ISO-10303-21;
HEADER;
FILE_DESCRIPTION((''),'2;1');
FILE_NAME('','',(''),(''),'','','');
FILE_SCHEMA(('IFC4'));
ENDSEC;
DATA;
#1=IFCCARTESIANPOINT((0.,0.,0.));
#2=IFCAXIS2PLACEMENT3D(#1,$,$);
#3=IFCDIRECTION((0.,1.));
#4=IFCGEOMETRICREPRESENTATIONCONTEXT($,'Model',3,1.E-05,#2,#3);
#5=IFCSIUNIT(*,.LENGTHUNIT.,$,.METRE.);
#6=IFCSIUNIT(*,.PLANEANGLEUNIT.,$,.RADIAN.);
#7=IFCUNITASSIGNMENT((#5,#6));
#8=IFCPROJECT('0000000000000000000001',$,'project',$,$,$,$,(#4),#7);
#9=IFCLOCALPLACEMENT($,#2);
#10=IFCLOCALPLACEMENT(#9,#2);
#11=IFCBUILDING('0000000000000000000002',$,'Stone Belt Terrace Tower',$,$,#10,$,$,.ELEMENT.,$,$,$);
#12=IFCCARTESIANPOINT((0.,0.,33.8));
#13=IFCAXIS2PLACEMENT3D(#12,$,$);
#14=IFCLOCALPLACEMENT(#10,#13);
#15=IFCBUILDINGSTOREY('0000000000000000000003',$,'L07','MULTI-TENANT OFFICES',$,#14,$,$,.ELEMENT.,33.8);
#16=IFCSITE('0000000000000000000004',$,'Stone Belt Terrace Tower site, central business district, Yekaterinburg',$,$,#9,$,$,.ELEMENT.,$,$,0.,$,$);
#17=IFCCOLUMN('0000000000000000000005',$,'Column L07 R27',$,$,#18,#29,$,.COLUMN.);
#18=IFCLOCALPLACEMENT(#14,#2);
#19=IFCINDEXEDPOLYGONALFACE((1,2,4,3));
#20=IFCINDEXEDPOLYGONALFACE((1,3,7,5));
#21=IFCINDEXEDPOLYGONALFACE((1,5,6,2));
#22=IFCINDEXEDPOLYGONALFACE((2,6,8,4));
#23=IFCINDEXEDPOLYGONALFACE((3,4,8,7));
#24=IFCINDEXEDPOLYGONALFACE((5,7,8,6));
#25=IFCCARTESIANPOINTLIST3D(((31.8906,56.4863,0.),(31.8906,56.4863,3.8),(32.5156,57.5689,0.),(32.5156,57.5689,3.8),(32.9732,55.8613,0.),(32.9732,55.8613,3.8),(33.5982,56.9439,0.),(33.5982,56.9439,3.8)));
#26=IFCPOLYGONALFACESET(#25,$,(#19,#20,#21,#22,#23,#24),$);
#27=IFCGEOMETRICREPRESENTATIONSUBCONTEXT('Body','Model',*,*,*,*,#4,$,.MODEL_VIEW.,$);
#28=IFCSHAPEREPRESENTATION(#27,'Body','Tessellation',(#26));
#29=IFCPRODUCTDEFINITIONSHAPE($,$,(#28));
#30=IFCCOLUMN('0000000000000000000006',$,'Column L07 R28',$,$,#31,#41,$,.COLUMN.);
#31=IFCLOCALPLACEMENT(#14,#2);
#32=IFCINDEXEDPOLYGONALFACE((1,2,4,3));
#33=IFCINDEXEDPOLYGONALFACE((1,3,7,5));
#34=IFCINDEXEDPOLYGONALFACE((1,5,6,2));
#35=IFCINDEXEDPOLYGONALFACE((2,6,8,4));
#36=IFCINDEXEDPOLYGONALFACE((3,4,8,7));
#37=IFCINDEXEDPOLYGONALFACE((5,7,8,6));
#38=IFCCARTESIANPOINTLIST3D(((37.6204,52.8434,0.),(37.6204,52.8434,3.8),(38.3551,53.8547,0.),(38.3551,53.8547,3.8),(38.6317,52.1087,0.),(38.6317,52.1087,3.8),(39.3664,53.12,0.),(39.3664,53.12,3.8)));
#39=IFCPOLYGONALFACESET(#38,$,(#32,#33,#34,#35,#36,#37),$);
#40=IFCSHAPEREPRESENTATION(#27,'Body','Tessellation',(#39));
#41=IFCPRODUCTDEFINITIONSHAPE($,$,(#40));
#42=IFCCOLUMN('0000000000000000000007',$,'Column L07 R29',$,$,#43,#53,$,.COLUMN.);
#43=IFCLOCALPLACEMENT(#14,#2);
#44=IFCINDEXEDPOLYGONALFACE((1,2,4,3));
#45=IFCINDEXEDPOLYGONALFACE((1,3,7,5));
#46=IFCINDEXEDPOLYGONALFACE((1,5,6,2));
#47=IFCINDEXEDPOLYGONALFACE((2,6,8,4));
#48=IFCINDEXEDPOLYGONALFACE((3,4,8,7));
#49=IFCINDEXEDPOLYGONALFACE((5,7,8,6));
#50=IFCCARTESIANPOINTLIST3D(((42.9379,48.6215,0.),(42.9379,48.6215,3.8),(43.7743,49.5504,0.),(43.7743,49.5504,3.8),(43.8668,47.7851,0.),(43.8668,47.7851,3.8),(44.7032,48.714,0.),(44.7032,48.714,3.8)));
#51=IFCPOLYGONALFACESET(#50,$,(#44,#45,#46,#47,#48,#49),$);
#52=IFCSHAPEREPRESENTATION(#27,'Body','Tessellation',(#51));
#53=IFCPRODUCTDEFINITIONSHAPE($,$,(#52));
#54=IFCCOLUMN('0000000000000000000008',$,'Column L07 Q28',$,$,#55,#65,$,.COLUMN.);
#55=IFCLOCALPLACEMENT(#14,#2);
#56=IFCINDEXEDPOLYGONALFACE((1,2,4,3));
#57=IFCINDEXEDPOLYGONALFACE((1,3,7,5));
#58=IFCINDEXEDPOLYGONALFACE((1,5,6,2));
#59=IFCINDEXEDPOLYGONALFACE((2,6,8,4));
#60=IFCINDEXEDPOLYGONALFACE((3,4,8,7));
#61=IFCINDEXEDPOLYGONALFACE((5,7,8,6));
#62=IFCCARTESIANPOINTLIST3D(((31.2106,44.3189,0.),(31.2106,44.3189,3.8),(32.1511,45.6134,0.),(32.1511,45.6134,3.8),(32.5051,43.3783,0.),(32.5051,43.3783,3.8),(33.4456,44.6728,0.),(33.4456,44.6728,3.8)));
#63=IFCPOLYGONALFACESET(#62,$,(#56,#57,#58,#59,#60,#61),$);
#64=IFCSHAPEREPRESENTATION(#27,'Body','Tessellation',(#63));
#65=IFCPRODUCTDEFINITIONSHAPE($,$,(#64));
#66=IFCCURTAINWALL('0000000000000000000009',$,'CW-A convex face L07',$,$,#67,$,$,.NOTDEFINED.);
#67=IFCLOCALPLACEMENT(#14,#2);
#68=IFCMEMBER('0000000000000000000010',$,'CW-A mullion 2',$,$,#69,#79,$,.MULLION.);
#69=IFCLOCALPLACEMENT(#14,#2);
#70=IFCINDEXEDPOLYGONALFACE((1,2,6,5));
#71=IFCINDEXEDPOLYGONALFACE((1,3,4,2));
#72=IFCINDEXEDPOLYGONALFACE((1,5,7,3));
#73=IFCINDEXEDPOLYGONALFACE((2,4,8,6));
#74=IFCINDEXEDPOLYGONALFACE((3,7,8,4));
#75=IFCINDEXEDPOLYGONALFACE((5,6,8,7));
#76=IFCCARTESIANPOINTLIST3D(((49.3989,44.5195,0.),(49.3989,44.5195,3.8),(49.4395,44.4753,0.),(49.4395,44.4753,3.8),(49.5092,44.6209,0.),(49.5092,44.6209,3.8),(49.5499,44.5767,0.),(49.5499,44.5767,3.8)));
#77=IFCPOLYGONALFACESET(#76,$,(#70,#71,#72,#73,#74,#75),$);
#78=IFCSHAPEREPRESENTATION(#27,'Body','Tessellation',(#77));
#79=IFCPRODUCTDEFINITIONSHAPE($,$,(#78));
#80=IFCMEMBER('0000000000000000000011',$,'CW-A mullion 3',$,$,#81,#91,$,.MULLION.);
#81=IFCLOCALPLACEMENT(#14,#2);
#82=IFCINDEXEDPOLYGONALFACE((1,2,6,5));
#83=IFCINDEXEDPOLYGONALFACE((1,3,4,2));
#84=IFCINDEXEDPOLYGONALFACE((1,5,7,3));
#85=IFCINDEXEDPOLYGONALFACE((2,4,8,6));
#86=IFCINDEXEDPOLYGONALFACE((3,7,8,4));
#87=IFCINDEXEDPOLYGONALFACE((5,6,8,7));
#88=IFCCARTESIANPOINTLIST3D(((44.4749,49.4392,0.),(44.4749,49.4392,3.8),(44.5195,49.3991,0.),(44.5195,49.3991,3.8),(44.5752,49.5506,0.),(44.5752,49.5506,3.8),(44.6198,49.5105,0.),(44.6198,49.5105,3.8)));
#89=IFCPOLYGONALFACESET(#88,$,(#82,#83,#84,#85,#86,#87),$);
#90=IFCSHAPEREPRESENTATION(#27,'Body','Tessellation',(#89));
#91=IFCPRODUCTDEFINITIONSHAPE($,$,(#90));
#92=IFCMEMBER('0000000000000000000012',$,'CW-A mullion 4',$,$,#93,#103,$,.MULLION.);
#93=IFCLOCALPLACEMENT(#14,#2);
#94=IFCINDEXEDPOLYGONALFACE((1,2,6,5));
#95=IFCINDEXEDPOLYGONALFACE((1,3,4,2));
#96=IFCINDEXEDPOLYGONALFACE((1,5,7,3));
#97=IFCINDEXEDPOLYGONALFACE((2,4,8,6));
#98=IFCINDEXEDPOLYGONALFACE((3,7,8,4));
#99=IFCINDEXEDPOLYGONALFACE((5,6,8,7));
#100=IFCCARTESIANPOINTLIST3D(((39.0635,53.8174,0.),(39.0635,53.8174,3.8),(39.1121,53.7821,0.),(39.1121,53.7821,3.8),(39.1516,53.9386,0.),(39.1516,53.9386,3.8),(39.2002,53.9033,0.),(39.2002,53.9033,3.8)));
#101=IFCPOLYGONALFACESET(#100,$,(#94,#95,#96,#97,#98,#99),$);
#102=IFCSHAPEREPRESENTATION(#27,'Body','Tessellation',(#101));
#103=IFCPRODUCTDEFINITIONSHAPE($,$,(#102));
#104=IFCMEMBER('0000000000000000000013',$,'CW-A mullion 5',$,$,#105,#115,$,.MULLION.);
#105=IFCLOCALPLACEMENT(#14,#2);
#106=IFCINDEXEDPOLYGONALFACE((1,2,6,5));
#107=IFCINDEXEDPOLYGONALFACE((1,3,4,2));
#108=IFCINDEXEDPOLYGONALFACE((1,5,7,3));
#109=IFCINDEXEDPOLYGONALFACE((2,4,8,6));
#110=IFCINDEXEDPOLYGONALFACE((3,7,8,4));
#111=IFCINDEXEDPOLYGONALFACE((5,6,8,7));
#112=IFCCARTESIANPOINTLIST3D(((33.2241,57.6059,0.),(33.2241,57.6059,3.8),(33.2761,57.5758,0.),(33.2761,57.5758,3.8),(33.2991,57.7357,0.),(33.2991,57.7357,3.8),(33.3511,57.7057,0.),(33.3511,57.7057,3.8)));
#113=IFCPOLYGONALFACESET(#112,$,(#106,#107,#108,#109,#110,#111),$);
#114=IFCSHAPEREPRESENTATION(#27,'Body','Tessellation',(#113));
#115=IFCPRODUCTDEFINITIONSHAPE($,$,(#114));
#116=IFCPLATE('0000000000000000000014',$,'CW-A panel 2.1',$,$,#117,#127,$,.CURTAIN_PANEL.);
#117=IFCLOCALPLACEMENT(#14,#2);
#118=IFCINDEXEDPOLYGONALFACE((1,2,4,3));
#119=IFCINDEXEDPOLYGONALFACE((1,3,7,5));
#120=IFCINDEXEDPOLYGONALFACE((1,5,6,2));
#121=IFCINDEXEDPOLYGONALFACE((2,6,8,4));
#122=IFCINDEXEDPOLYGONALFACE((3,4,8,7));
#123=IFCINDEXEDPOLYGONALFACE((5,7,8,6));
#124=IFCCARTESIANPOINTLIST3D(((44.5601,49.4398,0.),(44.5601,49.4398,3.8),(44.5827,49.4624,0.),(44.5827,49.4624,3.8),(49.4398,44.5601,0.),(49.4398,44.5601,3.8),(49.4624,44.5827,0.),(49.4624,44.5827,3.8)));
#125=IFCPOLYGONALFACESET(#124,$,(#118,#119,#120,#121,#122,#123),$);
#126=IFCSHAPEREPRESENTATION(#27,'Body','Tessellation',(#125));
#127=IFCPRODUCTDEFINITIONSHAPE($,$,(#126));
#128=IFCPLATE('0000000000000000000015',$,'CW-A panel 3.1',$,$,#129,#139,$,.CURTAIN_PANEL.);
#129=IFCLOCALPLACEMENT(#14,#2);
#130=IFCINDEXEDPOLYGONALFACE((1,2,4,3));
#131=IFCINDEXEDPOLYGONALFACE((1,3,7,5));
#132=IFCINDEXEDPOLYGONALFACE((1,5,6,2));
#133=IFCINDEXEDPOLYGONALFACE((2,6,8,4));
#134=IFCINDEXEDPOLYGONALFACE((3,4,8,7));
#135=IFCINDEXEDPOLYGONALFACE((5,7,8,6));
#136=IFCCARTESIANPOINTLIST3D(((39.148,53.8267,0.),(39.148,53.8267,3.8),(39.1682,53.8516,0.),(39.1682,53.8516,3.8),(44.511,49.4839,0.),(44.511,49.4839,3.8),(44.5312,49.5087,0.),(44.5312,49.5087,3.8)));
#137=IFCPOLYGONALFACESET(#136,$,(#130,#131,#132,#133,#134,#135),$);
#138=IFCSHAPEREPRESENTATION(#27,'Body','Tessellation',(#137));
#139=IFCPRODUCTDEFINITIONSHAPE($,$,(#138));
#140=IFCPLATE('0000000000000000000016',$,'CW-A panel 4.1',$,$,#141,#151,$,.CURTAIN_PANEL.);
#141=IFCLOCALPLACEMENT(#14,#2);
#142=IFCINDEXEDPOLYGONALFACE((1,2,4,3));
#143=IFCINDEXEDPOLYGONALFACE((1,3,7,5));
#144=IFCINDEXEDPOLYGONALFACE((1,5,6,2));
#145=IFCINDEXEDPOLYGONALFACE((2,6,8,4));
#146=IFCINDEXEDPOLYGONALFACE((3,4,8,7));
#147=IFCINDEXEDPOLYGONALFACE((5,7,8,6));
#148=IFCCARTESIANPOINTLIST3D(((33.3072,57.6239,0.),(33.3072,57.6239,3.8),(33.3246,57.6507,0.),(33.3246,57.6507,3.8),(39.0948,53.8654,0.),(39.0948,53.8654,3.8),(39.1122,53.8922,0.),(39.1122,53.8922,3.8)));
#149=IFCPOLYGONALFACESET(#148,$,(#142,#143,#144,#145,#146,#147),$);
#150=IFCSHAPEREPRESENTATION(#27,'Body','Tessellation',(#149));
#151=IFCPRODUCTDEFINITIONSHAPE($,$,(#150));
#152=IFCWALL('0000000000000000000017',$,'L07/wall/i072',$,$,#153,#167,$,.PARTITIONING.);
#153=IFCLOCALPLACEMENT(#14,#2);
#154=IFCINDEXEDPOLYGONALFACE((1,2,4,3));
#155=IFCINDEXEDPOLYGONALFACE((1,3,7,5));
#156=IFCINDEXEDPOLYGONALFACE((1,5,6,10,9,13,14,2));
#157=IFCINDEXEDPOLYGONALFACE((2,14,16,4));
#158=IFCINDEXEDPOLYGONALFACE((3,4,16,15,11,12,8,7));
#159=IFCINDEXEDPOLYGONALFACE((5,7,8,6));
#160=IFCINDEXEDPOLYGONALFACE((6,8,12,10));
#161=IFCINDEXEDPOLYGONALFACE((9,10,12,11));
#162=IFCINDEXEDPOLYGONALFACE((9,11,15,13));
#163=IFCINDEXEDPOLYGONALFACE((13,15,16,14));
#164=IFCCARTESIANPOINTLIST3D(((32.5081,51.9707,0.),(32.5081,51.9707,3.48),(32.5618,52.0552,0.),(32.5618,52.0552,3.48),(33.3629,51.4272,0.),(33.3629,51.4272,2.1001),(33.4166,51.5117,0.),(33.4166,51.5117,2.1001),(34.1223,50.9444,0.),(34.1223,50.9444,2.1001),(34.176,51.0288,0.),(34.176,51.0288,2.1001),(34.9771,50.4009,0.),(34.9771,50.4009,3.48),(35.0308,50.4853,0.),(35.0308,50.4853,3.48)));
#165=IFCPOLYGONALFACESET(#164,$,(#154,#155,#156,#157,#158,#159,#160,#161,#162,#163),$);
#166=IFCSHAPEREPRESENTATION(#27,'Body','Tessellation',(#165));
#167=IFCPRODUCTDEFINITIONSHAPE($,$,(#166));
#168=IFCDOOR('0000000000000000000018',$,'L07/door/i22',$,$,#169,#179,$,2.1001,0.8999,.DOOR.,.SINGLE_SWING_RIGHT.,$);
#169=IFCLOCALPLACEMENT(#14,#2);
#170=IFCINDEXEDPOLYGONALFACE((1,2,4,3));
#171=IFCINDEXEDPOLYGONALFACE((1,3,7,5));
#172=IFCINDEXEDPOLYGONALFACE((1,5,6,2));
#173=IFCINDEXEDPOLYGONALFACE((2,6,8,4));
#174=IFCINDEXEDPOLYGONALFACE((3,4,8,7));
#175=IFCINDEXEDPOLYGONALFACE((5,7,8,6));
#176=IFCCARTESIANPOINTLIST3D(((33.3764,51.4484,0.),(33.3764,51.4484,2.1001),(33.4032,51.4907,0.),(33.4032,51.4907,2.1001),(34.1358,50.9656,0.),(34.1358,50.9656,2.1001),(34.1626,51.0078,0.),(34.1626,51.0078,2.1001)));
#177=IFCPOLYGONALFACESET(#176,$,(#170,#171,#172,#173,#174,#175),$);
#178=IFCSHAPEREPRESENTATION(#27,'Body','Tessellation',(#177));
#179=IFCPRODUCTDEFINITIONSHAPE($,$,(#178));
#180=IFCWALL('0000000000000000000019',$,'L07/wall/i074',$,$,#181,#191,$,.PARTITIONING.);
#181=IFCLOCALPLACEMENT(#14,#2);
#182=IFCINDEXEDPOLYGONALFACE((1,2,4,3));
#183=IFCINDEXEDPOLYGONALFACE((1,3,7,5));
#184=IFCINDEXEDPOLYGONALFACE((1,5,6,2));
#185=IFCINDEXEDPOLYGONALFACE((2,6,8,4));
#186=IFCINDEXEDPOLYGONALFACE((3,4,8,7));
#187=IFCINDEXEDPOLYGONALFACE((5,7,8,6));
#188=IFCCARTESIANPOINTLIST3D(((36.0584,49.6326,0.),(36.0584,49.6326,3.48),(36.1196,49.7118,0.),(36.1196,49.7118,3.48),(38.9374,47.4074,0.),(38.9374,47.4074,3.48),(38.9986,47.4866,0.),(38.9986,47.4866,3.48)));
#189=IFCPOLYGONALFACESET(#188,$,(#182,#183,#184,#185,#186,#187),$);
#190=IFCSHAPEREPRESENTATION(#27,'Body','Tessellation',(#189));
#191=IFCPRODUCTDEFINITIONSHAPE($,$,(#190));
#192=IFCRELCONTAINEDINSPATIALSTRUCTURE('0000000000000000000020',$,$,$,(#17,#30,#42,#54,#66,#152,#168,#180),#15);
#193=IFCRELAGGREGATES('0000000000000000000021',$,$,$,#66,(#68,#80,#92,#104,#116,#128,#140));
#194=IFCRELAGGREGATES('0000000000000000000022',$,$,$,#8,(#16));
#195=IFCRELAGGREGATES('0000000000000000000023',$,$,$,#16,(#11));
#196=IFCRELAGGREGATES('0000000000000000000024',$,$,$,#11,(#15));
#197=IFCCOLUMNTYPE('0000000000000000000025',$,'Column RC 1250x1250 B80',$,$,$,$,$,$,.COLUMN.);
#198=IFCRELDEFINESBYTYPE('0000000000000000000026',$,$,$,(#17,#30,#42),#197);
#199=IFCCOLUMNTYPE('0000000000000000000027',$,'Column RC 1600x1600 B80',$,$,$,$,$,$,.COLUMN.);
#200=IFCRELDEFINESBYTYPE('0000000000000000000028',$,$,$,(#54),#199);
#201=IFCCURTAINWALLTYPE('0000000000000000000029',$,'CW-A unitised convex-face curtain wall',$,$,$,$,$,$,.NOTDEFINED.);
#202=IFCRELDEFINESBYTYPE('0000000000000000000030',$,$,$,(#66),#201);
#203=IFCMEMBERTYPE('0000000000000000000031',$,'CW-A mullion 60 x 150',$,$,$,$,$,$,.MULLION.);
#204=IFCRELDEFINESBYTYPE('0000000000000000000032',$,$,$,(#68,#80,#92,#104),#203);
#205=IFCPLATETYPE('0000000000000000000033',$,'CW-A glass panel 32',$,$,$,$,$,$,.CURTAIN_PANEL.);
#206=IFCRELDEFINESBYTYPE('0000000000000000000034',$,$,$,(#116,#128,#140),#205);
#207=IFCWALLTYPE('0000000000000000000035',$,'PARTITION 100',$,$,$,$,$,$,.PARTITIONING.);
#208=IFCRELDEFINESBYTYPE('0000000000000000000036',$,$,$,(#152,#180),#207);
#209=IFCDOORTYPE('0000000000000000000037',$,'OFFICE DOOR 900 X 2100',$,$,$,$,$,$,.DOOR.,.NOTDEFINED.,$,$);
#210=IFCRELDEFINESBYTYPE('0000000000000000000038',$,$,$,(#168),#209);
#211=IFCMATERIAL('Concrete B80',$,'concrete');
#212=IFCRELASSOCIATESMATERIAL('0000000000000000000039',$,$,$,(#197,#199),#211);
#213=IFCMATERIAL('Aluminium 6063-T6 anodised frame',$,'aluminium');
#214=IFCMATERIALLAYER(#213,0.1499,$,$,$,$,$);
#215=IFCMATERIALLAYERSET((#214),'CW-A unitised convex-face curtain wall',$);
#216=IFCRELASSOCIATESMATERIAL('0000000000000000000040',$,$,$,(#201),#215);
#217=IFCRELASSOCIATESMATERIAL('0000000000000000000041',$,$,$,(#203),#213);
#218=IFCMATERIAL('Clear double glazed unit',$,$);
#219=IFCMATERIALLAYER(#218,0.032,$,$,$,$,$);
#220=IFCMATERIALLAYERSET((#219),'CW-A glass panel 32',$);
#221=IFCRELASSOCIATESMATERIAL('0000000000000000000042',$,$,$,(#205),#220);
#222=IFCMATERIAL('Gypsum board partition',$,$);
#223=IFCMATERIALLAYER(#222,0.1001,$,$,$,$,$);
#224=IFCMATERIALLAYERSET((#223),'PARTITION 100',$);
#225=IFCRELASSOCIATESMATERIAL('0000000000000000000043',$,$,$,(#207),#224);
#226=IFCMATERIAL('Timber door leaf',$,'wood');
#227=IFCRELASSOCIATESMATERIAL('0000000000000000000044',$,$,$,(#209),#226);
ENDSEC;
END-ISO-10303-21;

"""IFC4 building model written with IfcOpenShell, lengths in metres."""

from ifc_helpers import new_model, si_unit, direction, frame, frame_2d, origin, origin_2d, place, context, subcontext, project, spatial, rectangle, extrude, material, layer, layer_set, material_profile, profile_set, type_object, element, fill, aggregate, save


model = new_model("IFC4")

# Units and contexts
model_context = context("Model", 3, precision=1e-05, world=origin(), true_north=direction((0.0, 1.0)))
body_context = subcontext(model_context, "Body", "Model", "MODEL_VIEW")
ifc_project = project(units=[si_unit("LENGTHUNIT", "METRE"), si_unit("PLANEANGLEUNIT", "RADIAN")], contexts=[model_context])

# Site, building, storey
site_placement = place(None, origin())
site = spatial("IfcSite", under=ifc_project, at=site_placement, Name="Stone Belt Terrace Tower site, central business district, Yekaterinburg", CompositionType="ELEMENT", RefElevation=0.0)
building_placement = place(site_placement, origin())
building = spatial("IfcBuilding", under=site, at=building_placement, Name="Stone Belt Terrace Tower", CompositionType="ELEMENT")
storey_placement = place(building_placement, frame((0.0, 0.0, 33.8)))
storey = spatial("IfcBuildingStorey", under=building, at=storey_placement, Name="L07", Description="MULTI-TENANT OFFICES", CompositionType="ELEMENT", Elevation=33.8)

# Columns
ifc_material_1 = material(Name="Concrete B80", Category="concrete")
ifc_material_profile_1 = material_profile(ifc_material_1, rectangle(XDim=1.25, YDim=1.25, at=origin_2d()), Name="RC 1250x1250")
ifc_profile_set_1 = profile_set([ifc_material_profile_1], Name="Concrete B80")
column_type_1 = type_object("IfcColumnType", Name="Column RC 1250x1250 B80", PredefinedType="COLUMN", material=ifc_profile_set_1)
for number, where, z_axis, x_axis, name in (
    (1, (32.7444, 56.7151, 0.0), (0.0, 0.0, 1.0), (0.866025, -0.5, 0.0), "Column L07 R27"),
    (2, (38.4934, 52.9817, 0.0), (0.0, 0.0, 1.0), (0.809017, -0.587785, 0.0), "Column L07 R28"),
    (3, (43.8206, 48.6677, 0.0), (0.0, 0.0, 1.0), (0.743145, -0.669131, 0.0), "Column L07 R29"),
):
    element("IfcColumn", number, at=place(storey_placement, frame(where, z_axis=z_axis, x_axis=x_axis)), inside=storey, type_object=column_type_1, Name=name, PredefinedType="COLUMN", context=body_context, shape_type="SweptSolid", body=[
        extrude(rectangle(XDim=1.25, YDim=1.25, at=origin_2d()), origin(), (0.0, 0.0, 1.0), 3.8),
    ])
ifc_material_profile_2 = material_profile(ifc_material_1, rectangle(XDim=1.6001, YDim=1.6001, at=origin_2d()), Name="RC 1600x1600")
ifc_profile_set_2 = profile_set([ifc_material_profile_2], Name="Concrete B80")
column_type_2 = type_object("IfcColumnType", Name="Column RC 1600x1600 B80", PredefinedType="COLUMN", material=ifc_profile_set_2)
column_placement = place(storey_placement, frame((32.3281, 44.4958, 0.0), z_axis=(0.0, 0.0, 1.0), x_axis=(0.809017, -0.587785, 0.0)))
element("IfcColumn", 4, at=column_placement, inside=storey, type_object=column_type_2, Name="Column L07 Q28", PredefinedType="COLUMN", context=body_context, shape_type="SweptSolid", body=[
    extrude(rectangle(XDim=1.6001, YDim=1.6001, at=origin_2d()), origin(), (0.0, 0.0, 1.0), 3.8),
])

# Curtain wall, members, plates
ifc_material_2 = material(Name="Aluminium 6063-T6 anodised frame", Category="aluminium")
ifc_layer_1 = layer(ifc_material_2, 0.1499)
ifc_layer_set_1 = layer_set([ifc_layer_1], Name="CW-A unitised convex-face curtain wall")
curtain_wall_type = type_object("IfcCurtainWallType", Name="CW-A unitised convex-face curtain wall", PredefinedType="NOTDEFINED", material=ifc_layer_set_1)
curtain_wall_placement = place(storey_placement, origin())
curtain_wall = element("IfcCurtainWall", 5, at=curtain_wall_placement, inside=storey, type_object=curtain_wall_type, Name="CW-A convex face L07", PredefinedType="NOTDEFINED")
ifc_material_profile_3 = material_profile(ifc_material_2, rectangle(XDim=0.1499, YDim=0.0601, at=origin_2d()), Name="Aluminium 6063-T6 60x150")
ifc_profile_set_3 = profile_set([ifc_material_profile_3], Name="Aluminium 6063-T6 anodised frame")
member_type = type_object("IfcMemberType", Name="CW-A mullion 60 x 150", PredefinedType="MULLION", material=ifc_profile_set_3)
member_1_placement = place(storey_placement, frame((49.4744, 44.5481, 0.0), z_axis=(0.0, 0.0, 1.0), x_axis=(-0.736171, -0.676796, 0.0)))
member_1 = element("IfcMember", 6, at=member_1_placement, type_object=member_type, Name="CW-A mullion 2", PredefinedType="MULLION", context=body_context, shape_type="SweptSolid", body=[
    extrude(rectangle(XDim=0.1499, YDim=0.0601, at=origin_2d()), origin(), (0.0, 0.0, 1.0), 3.8),
])
member_2_placement = place(storey_placement, frame((44.5474, 49.4749, 0.0), z_axis=(0.0, 0.0, 1.0), x_axis=(-0.669131, -0.743145, 0.0)))
member_2 = element("IfcMember", 7, at=member_2_placement, type_object=member_type, Name="CW-A mullion 3", PredefinedType="MULLION", context=body_context, shape_type="SweptSolid", body=[
    extrude(rectangle(XDim=0.1499, YDim=0.0601, at=origin_2d()), origin(), (0.0, 0.0, 1.0), 3.8),
])
member_3_placement = place(storey_placement, frame((39.1318, 53.8604, 0.0), z_axis=(0.0, 0.0, 1.0), x_axis=(-0.587785, -0.809017, 0.0)))
member_3 = element("IfcMember", 8, at=member_3_placement, type_object=member_type, Name="CW-A mullion 4", PredefinedType="MULLION", context=body_context, shape_type="SweptSolid", body=[
    extrude(rectangle(XDim=0.1499, YDim=0.0601, at=origin_2d()), origin(), (0.0, 0.0, 1.0), 3.8),
])
member_4_placement = place(storey_placement, frame((33.2876, 57.6558, 0.0), z_axis=(0.0, 0.0, 1.0), x_axis=(-0.5, -0.866025, 0.0)))
member_4 = element("IfcMember", 9, at=member_4_placement, type_object=member_type, Name="CW-A mullion 5", PredefinedType="MULLION", context=body_context, shape_type="SweptSolid", body=[
    extrude(rectangle(XDim=0.1499, YDim=0.0601, at=origin_2d()), origin(), (0.0, 0.0, 1.0), 3.8),
])
ifc_material_3 = material(Name="Clear double glazed unit")
ifc_layer_2 = layer(ifc_material_3, 0.032)
ifc_layer_set_2 = layer_set([ifc_layer_2], Name="CW-A glass panel 32")
plate_type = type_object("IfcPlateType", Name="CW-A glass panel 32", PredefinedType="CURTAIN_PANEL", material=ifc_layer_set_2)
plate_1_placement = place(storey_placement, frame((47.0112, 47.0112, 0.0), z_axis=(0.0, 0.0, 1.0), x_axis=(-0.707107, 0.707107, 0.0)))
plate_1 = element("IfcPlate", 10, at=plate_1_placement, type_object=plate_type, Name="CW-A panel 2.1", PredefinedType="CURTAIN_PANEL", context=body_context, shape_type="SweptSolid", body=[
    extrude(rectangle(XDim=6.9009, YDim=0.032, at=origin_2d()), origin(), (0.0, 0.0, 1.0), 3.8),
])
plate_2_placement = place(storey_placement, frame((41.8396, 51.6677, 0.0), z_axis=(0.0, 0.0, 1.0), x_axis=(-0.777146, 0.62932, 0.0)))
plate_2 = element("IfcPlate", 11, at=plate_2_placement, type_object=plate_type, Name="CW-A panel 3.1", PredefinedType="CURTAIN_PANEL", context=body_context, shape_type="SweptSolid", body=[
    extrude(rectangle(XDim=6.9009, YDim=0.032, at=origin_2d()), origin(), (0.0, 0.0, 1.0), 3.8),
])
plate_3_placement = place(storey_placement, frame((36.2097, 55.7581, 0.0), z_axis=(0.0, 0.0, 1.0), x_axis=(-0.838671, 0.544639, 0.0)))
plate_3 = element("IfcPlate", 12, at=plate_3_placement, type_object=plate_type, Name="CW-A panel 4.1", PredefinedType="CURTAIN_PANEL", context=body_context, shape_type="SweptSolid", body=[
    extrude(rectangle(XDim=6.9009, YDim=0.032, at=origin_2d()), origin(), (0.0, 0.0, 1.0), 3.8),
])
aggregate(curtain_wall, [member_1, member_2, member_3, member_4, plate_1, plate_2, plate_3])

# Wall, opening, door
ifc_material_4 = material(Name="Gypsum board partition")
ifc_layer_3 = layer(ifc_material_4, 0.1001)
ifc_layer_set_3 = layer_set([ifc_layer_3], Name="PARTITION 100")
wall_type_1 = type_object("IfcWallType", Name="PARTITION 100", PredefinedType="PARTITIONING", material=ifc_layer_set_3)
wall_1_placement = place(storey_placement, frame((35.0039, 50.4431, 0.0), z_axis=(0.0, 0.0, 1.0), x_axis=(-0.843871, 0.536546, 0.0)))
wall_1 = element("IfcWall", 13, at=wall_1_placement, inside=storey, type_object=wall_type_1, Name="L07/wall/i072", PredefinedType="PARTITIONING", context=body_context, shape_type="SweptSolid", body=[
    extrude(rectangle(XDim=2.9258, YDim=0.1001, at=frame_2d((1.4629, 0.0))), origin(), (0.0, 0.0, 1.0), 3.48),
])
opening_1_placement = place(wall_1_placement, frame((1.0129, 0.0, 0.0)))
opening_1 = element("IfcOpeningElement", 14, at=opening_1_placement, cuts=wall_1, PredefinedType="OPENING", context=body_context, shape_type="SweptSolid", body=[
    extrude(rectangle(XDim=0.8999, YDim=2.1001, at=frame_2d((0.45, 1.05))), frame((0.0, 0.0601, 0.0), z_axis=(0.0, -1.0, 0.0), x_axis=(1.0, 0.0, 0.0)), (0.0, 0.0, 1.0), 0.1201),
])
ifc_material_5 = material(Name="Timber door leaf", Category="wood")
door_type_1 = type_object("IfcDoorType", Name="OFFICE DOOR 900 X 2100", OperationType="NOTDEFINED", PredefinedType="DOOR", material=ifc_material_5)
door_1_placement = place(opening_1_placement, origin())
door_1 = element("IfcDoor", 15, at=door_1_placement, inside=storey, type_object=door_type_1, Name="L07/door/i22", OperationType="SINGLE_SWING_RIGHT", OverallHeight=2.1001, OverallWidth=0.8999, PredefinedType="DOOR", context=body_context, shape_type="SweptSolid", body=[
    extrude(rectangle(XDim=0.8999, YDim=2.1001, at=frame_2d((0.45, 1.05))), frame((0.0, 0.0249, 0.0), z_axis=(0.0, -1.0, 0.0), x_axis=(1.0, 0.0, 0.0)), (0.0, 0.0, 1.0), 0.05),
])
fill(opening_1, door_1)

# Wall
wall_2_placement = place(storey_placement, frame((38.968, 47.447, 0.0), z_axis=(0.0, 0.0, 1.0), x_axis=(-0.79122, 0.611532, 0.0)))
element("IfcWall", 16, at=wall_2_placement, inside=storey, type_object=wall_type_1, Name="L07/wall/i074", PredefinedType="PARTITIONING", context=body_context, shape_type="SweptSolid", body=[
    extrude(rectangle(XDim=3.6387, YDim=0.1001, at=frame_2d((1.8193, 0.0))), origin(), (0.0, 0.0, 1.0), 3.48),
])

save(model, "model.ifc")
